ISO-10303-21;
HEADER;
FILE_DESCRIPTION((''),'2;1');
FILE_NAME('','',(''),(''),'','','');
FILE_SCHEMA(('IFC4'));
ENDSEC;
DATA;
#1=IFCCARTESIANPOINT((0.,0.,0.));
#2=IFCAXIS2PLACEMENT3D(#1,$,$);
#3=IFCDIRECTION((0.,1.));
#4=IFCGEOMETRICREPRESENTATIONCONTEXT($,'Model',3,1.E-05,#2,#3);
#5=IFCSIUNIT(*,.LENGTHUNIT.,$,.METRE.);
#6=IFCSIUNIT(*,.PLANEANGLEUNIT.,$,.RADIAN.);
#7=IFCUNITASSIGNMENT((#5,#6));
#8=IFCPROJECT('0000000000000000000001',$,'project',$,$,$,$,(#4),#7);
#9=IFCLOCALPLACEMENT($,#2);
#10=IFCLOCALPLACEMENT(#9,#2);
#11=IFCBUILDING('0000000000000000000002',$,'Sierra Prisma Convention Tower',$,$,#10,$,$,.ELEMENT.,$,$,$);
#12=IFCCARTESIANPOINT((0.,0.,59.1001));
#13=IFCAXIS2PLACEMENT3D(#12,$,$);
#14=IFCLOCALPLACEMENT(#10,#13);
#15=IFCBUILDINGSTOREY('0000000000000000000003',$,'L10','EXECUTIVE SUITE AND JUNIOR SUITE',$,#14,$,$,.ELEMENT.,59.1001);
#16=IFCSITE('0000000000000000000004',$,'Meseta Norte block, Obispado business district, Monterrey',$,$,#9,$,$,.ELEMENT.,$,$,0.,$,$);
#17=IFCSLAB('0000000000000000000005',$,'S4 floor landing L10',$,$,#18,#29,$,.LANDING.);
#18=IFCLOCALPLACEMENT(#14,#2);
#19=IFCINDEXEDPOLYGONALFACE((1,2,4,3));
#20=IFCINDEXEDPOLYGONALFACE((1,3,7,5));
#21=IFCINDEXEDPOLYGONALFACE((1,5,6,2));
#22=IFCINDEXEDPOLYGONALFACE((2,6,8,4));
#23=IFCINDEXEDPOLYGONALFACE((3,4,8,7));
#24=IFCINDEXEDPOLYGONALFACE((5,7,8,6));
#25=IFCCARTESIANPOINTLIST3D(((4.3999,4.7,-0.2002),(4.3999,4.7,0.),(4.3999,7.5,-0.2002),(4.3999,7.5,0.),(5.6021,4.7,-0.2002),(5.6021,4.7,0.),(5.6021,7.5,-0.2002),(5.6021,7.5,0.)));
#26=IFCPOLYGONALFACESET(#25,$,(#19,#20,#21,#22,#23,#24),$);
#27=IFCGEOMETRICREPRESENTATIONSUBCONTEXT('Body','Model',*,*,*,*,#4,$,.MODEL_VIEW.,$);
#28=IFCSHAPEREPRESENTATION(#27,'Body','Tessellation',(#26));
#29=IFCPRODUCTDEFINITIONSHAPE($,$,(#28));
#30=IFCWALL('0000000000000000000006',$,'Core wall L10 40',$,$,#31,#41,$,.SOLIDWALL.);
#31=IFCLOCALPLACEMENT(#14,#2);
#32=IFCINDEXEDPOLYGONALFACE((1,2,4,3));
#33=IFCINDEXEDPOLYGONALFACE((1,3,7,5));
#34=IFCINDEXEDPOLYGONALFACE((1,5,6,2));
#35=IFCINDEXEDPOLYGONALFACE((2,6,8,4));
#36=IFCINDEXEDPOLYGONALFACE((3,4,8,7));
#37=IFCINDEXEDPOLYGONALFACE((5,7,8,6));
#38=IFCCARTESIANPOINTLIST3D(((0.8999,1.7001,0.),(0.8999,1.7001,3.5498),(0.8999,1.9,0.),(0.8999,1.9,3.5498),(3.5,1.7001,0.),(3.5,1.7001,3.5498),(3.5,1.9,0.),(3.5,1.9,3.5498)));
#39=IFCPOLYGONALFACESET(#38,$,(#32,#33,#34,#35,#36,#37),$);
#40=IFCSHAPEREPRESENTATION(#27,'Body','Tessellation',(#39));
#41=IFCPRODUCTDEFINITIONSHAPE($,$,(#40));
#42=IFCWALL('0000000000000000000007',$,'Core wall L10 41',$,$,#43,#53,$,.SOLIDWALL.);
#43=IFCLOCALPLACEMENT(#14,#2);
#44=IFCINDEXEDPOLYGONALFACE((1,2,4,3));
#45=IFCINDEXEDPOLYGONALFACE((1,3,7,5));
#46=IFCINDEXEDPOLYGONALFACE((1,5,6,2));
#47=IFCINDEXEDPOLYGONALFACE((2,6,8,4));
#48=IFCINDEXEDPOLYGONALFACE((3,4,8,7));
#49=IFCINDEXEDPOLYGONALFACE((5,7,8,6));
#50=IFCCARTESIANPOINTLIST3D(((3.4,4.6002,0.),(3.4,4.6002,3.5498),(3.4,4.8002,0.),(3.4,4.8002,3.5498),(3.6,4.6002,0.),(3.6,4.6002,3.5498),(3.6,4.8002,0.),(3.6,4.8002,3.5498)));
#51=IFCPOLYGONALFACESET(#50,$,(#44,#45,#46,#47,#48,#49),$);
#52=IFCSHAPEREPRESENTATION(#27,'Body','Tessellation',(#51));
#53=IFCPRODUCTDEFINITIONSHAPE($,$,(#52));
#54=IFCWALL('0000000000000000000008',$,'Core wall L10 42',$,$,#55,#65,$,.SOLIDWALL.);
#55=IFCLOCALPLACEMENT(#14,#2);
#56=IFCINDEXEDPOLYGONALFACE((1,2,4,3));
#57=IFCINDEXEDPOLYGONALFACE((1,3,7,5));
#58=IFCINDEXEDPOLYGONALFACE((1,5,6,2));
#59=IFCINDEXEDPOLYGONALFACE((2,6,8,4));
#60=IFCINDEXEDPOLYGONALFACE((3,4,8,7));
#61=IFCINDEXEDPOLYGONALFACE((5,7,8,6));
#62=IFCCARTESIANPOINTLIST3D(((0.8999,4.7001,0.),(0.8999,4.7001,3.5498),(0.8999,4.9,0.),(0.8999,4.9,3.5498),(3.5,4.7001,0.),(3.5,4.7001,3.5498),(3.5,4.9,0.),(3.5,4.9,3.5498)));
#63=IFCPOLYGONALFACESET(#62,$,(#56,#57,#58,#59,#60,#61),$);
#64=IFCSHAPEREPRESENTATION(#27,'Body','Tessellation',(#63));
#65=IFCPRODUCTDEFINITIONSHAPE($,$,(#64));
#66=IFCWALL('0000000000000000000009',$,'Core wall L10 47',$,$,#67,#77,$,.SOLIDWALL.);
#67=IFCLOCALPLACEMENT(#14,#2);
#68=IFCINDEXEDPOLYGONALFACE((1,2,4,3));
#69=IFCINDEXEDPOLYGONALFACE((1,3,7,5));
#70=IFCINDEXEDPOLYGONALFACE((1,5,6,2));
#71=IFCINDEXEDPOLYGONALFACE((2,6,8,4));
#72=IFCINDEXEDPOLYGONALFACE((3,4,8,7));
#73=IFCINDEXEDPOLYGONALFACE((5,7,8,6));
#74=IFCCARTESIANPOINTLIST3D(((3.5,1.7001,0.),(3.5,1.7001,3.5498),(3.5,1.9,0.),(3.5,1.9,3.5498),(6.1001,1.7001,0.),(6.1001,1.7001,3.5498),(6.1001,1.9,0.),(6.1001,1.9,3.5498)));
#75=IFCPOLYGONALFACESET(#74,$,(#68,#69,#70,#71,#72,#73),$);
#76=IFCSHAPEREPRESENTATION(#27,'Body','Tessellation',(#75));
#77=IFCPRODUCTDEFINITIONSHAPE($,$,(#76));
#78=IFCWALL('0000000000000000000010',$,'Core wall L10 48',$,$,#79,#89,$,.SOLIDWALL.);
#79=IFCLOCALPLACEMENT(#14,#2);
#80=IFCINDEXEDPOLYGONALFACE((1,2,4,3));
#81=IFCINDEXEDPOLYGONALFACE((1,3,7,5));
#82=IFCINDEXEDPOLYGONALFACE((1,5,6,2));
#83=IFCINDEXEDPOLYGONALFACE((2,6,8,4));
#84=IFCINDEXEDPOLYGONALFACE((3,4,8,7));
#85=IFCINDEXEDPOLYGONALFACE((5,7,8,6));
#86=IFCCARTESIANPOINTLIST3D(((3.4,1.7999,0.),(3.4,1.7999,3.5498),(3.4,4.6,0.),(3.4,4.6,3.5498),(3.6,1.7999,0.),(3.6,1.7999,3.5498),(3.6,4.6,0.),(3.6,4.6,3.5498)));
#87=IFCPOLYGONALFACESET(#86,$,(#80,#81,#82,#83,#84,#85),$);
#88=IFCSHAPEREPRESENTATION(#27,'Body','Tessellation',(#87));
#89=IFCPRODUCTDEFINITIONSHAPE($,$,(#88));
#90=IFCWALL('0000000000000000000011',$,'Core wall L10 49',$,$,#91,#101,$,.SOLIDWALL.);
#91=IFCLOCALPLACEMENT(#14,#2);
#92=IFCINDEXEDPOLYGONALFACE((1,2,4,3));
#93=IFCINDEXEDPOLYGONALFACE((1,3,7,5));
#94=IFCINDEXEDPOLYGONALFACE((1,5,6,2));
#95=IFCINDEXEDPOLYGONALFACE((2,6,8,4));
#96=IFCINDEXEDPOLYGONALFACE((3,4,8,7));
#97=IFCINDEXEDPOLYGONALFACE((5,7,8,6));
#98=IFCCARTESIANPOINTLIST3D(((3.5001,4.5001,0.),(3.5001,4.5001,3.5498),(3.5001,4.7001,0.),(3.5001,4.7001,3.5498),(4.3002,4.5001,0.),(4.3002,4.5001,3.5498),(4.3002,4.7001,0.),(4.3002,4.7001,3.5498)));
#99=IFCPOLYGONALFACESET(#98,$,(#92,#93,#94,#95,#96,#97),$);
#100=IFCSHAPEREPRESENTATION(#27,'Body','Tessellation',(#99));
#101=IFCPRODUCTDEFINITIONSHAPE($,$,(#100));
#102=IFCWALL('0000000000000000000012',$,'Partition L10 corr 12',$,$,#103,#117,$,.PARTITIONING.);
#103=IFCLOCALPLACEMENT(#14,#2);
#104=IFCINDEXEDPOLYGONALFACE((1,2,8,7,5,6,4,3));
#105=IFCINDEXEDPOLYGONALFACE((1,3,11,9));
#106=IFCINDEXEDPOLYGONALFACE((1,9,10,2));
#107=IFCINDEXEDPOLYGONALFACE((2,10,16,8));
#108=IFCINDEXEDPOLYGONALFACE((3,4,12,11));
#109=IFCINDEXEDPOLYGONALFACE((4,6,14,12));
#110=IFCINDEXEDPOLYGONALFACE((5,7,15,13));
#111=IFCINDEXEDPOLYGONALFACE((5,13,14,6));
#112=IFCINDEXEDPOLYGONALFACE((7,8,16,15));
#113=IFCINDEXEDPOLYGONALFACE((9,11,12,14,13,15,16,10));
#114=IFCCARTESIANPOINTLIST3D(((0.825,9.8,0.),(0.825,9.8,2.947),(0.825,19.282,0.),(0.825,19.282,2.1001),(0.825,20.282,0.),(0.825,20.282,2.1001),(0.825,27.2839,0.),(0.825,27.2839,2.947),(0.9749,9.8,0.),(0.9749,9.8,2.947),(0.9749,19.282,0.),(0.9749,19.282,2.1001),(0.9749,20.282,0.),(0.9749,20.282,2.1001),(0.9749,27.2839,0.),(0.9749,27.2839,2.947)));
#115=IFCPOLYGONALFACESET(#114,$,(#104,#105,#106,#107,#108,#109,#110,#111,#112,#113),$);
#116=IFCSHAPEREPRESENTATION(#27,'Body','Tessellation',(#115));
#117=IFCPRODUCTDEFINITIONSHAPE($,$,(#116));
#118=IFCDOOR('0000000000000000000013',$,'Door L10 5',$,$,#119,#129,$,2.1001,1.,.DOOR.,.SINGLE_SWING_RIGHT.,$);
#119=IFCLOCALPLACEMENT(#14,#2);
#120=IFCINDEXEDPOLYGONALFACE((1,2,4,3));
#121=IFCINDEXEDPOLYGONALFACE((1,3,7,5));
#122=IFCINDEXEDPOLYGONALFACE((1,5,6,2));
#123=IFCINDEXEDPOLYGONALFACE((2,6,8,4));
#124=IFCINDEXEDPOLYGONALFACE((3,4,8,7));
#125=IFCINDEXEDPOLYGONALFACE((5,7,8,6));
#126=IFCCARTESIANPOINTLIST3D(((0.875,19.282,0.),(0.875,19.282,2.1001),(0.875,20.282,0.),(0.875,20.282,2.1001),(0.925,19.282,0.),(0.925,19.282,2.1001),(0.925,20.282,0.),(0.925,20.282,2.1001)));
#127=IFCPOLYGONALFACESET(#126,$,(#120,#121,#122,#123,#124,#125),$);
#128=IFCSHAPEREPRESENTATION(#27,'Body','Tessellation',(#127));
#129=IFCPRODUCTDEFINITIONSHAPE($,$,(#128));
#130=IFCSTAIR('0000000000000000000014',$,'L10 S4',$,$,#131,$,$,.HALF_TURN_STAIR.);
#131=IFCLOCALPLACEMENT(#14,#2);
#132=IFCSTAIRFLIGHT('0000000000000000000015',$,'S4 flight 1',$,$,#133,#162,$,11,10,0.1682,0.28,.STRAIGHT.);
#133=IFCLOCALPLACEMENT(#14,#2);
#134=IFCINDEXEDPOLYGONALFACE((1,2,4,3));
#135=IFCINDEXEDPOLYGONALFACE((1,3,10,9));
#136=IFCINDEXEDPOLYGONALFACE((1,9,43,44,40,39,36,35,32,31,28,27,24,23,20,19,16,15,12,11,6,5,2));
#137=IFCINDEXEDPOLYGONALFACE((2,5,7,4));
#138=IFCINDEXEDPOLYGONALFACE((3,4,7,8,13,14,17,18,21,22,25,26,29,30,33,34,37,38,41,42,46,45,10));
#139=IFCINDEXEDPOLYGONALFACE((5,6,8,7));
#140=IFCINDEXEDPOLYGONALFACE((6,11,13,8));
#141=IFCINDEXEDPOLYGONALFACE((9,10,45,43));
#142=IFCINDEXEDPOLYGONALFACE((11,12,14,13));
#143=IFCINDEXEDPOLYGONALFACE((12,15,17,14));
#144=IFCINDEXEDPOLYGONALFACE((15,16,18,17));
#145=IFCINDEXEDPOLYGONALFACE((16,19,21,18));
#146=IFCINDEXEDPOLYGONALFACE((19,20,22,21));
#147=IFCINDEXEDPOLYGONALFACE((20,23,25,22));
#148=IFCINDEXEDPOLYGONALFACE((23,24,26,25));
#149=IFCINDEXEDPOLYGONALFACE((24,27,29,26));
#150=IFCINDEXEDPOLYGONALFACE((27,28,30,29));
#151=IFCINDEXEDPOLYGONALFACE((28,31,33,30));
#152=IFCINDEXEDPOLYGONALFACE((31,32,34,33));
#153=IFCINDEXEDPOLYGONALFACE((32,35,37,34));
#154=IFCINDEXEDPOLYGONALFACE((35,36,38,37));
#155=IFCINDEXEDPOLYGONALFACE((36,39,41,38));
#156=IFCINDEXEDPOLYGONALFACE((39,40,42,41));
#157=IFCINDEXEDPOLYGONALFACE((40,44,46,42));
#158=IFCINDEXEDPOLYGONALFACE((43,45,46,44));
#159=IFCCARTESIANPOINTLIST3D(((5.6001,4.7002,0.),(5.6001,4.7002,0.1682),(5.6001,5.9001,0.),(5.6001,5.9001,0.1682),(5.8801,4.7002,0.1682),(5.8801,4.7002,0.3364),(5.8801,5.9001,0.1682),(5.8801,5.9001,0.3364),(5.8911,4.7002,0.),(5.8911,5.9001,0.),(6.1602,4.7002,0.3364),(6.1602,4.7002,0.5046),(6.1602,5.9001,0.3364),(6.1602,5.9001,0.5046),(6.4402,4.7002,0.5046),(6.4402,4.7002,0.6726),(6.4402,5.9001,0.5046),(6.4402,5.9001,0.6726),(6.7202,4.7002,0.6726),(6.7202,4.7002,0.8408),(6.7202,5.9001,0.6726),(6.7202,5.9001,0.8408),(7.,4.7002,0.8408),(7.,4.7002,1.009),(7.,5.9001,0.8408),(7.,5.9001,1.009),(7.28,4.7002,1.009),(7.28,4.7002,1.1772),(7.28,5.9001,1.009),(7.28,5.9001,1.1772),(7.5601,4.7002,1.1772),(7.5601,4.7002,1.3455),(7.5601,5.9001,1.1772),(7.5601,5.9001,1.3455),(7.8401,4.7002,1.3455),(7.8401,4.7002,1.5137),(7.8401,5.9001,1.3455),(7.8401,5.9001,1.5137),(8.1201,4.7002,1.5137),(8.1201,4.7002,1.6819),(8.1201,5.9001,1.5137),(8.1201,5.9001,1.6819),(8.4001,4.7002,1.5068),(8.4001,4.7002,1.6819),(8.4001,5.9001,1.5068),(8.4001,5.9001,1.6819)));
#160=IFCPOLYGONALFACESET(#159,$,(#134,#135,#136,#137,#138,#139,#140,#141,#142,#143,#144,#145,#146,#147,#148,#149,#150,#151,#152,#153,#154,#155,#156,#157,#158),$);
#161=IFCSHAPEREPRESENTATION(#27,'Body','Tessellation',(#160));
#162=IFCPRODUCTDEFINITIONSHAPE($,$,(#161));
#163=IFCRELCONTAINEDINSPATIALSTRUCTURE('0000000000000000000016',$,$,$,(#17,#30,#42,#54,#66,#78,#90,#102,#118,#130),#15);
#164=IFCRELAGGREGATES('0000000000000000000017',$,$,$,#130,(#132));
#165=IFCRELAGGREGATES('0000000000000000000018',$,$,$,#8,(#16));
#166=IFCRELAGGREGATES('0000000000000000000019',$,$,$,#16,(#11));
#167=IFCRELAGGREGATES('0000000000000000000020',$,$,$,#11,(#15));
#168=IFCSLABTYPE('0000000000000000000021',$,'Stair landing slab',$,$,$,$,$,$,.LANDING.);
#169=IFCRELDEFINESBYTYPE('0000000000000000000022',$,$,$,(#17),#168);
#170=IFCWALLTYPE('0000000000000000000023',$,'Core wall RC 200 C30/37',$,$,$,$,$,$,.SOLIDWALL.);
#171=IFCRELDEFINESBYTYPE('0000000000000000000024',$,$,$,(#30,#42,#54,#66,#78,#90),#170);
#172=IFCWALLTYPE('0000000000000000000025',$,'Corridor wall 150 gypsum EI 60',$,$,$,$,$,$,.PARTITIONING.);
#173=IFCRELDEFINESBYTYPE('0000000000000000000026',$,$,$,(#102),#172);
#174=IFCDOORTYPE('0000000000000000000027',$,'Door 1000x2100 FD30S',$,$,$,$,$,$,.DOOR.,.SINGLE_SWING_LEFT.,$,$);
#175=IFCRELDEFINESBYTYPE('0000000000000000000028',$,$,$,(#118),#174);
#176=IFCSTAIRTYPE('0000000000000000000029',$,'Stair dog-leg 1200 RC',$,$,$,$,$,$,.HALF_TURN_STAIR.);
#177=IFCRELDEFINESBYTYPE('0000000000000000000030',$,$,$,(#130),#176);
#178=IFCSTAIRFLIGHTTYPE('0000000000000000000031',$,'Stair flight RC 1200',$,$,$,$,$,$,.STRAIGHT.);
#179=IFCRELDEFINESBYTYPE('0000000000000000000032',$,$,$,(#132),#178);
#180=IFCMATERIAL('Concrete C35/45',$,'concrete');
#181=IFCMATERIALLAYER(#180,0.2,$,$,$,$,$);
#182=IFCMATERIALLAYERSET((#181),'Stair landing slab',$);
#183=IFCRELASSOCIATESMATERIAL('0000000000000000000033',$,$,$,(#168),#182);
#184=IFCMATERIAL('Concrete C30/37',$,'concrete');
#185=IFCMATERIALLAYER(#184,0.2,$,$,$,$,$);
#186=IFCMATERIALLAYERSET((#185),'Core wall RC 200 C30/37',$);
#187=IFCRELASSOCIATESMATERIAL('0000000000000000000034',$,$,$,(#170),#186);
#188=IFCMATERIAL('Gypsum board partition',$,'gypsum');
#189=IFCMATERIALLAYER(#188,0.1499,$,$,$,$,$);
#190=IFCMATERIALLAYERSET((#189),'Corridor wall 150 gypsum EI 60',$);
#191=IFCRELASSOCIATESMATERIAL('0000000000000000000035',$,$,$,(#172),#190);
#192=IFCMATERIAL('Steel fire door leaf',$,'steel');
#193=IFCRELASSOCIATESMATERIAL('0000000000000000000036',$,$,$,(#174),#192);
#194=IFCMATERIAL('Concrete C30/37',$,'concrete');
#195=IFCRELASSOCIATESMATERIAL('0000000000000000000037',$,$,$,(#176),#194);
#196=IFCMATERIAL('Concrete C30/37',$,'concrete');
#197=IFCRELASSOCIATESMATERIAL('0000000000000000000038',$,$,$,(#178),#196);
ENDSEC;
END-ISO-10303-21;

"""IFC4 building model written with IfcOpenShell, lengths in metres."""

from ifc_helpers import new_model, si_unit, direction, frame, frame_2d, origin, place, context, subcontext, project, spatial, polyline, rectangle, outline, extrude, material, layer, layer_set, type_object, element, fill, aggregate, save


model = new_model("IFC4")

# Units and contexts
model_context = context("Model", 3, precision=1e-05, world=origin(), true_north=direction((0.0, 1.0)))
body_context = subcontext(model_context, "Body", "Model", "MODEL_VIEW")
ifc_project = project(units=[si_unit("LENGTHUNIT", "METRE"), si_unit("PLANEANGLEUNIT", "RADIAN")], contexts=[model_context])

# Site, building, storey
site_placement = place(None, origin())
site = spatial("IfcSite", under=ifc_project, at=site_placement, Name="Meseta Norte block, Obispado business district, Monterrey", CompositionType="ELEMENT", RefElevation=0.0)
building_placement = place(site_placement, origin())
building = spatial("IfcBuilding", under=site, at=building_placement, Name="Sierra Prisma Convention Tower", CompositionType="ELEMENT")
storey_placement = place(building_placement, frame((0.0, 0.0, 59.1001)))
storey = spatial("IfcBuildingStorey", under=building, at=storey_placement, Name="L10", Description="EXECUTIVE SUITE AND JUNIOR SUITE", CompositionType="ELEMENT", Elevation=59.1001)

# Slab
ifc_material_1 = material(Name="Concrete C35/45", Category="concrete")
ifc_layer_1 = layer(ifc_material_1, 0.2)
ifc_layer_set_1 = layer_set([ifc_layer_1], Name="Stair landing slab")
slab_type = type_object("IfcSlabType", Name="Stair landing slab", PredefinedType="LANDING", material=ifc_layer_set_1)
slab_placement = place(storey_placement, frame((0.0, 0.0, -0.2002)))
element("IfcSlab", 1, at=slab_placement, inside=storey, type_object=slab_type, Name="S4 floor landing L10", PredefinedType="LANDING", context=body_context, shape_type="SweptSolid", body=[
    extrude(outline(polyline([(4.3999, 4.7), (5.6021, 4.7), (5.6021, 7.5), (4.3999, 7.5), (4.3999, 4.7)])), origin(), (0.0, 0.0, 1.0), 0.2002),
])

# Shared definitions
ifc_material_2 = material(Name="Concrete C30/37", Category="concrete")
ifc_layer_2 = layer(ifc_material_2, 0.2)
ifc_layer_set_2 = layer_set([ifc_layer_2], Name="Core wall RC 200 C30/37")
wall_type_1 = type_object("IfcWallType", Name="Core wall RC 200 C30/37", PredefinedType="SOLIDWALL", material=ifc_layer_set_2)

# Walls
wall_1_placement = place(storey_placement, frame((3.5, 1.8, 0.0), z_axis=(0.0, 0.0, 1.0), x_axis=(-1.0, 0.0, 0.0)))
element("IfcWall", 2, at=wall_1_placement, inside=storey, type_object=wall_type_1, Name="Core wall L10 40", PredefinedType="SOLIDWALL", context=body_context, shape_type="SweptSolid", body=[
    extrude(rectangle(XDim=2.6001, YDim=0.2, at=frame_2d((1.3, 0.0))), origin(), (0.0, 0.0, 1.0), 3.5498),
])
wall_2_placement = place(storey_placement, frame((3.5, 4.6001, 0.0), z_axis=(0.0, 0.0, 1.0), x_axis=(0.0, 1.0, 0.0)))
element("IfcWall", 3, at=wall_2_placement, inside=storey, type_object=wall_type_1, Name="Core wall L10 41", PredefinedType="SOLIDWALL", context=body_context, shape_type="SweptSolid", body=[
    extrude(rectangle(XDim=0.2, YDim=0.2, at=frame_2d((0.1001, 0.0))), origin(), (0.0, 0.0, 1.0), 3.5498),
])
wall_3_placement = place(storey_placement, frame((3.5, 4.8, 0.0), z_axis=(0.0, 0.0, 1.0), x_axis=(-1.0, 0.0, 0.0)))
element("IfcWall", 4, at=wall_3_placement, inside=storey, type_object=wall_type_1, Name="Core wall L10 42", PredefinedType="SOLIDWALL", context=body_context, shape_type="SweptSolid", body=[
    extrude(rectangle(XDim=2.6001, YDim=0.2, at=frame_2d((1.3, 0.0))), origin(), (0.0, 0.0, 1.0), 3.5498),
])

# Walls
wall_4_placement = place(storey_placement, frame((6.1001, 1.8, 0.0), z_axis=(0.0, 0.0, 1.0), x_axis=(-1.0, 0.0, 0.0)))
element("IfcWall", 5, at=wall_4_placement, inside=storey, type_object=wall_type_1, Name="Core wall L10 47", PredefinedType="SOLIDWALL", context=body_context, shape_type="SweptSolid", body=[
    extrude(rectangle(XDim=2.6001, YDim=0.2, at=frame_2d((1.3, 0.0))), origin(), (0.0, 0.0, 1.0), 3.5498),
])
wall_5_placement = place(storey_placement, frame((3.5, 1.8, 0.0), z_axis=(0.0, 0.0, 1.0), x_axis=(0.0, 1.0, 0.0)))
element("IfcWall", 6, at=wall_5_placement, inside=storey, type_object=wall_type_1, Name="Core wall L10 48", PredefinedType="SOLIDWALL", context=body_context, shape_type="SweptSolid", body=[
    extrude(rectangle(XDim=2.8, YDim=0.2, at=frame_2d((1.3999, 0.0))), origin(), (0.0, 0.0, 1.0), 3.5498),
])
wall_6_placement = place(storey_placement, frame((4.3, 4.6001, 0.0), z_axis=(0.0, 0.0, 1.0), x_axis=(-1.0, 0.0, 0.0)))
element("IfcWall", 7, at=wall_6_placement, inside=storey, type_object=wall_type_1, Name="Core wall L10 49", PredefinedType="SOLIDWALL", context=body_context, shape_type="SweptSolid", body=[
    extrude(rectangle(XDim=0.8, YDim=0.2, at=frame_2d((0.3999, 0.0))), origin(), (0.0, 0.0, 1.0), 3.5498),
])

# Wall, opening, door
ifc_material_3 = material(Name="Gypsum board partition", Category="gypsum")
ifc_layer_3 = layer(ifc_material_3, 0.1499)
ifc_layer_set_3 = layer_set([ifc_layer_3], Name="Corridor wall 150 gypsum EI 60")
wall_type_2 = type_object("IfcWallType", Name="Corridor wall 150 gypsum EI 60", PredefinedType="PARTITIONING", material=ifc_layer_set_3)
wall_7_placement = place(storey_placement, frame((0.8999, 9.8, 0.0), z_axis=(0.0, 0.0, 1.0), x_axis=(0.0, 1.0, 0.0)))
wall_7 = element("IfcWall", 8, at=wall_7_placement, inside=storey, type_object=wall_type_2, Name="Partition L10 corr 12", PredefinedType="PARTITIONING", context=body_context, shape_type="SweptSolid", body=[
    extrude(rectangle(XDim=17.4839, YDim=0.1499, at=frame_2d((8.7419, 0.0))), origin(), (0.0, 0.0, 1.0), 2.947),
])
opening_1_placement = place(wall_7_placement, frame((9.4819, 0.0, 0.0)))
opening_1 = element("IfcOpeningElement", 9, at=opening_1_placement, cuts=wall_7, PredefinedType="OPENING", context=body_context, shape_type="SweptSolid", body=[
    extrude(rectangle(XDim=1.0, YDim=2.1001, at=frame_2d((0.5, 1.05))), frame((0.0, 0.075, 0.0), z_axis=(0.0, -1.0, 0.0), x_axis=(1.0, 0.0, 0.0)), (0.0, 0.0, 1.0), 0.1499),
])
ifc_material_4 = material(Name="Steel fire door leaf", Category="steel")
door_type_1 = type_object("IfcDoorType", Name="Door 1000x2100 FD30S", OperationType="SINGLE_SWING_LEFT", PredefinedType="DOOR", material=ifc_material_4)
door_1_placement = place(opening_1_placement, origin())
door_1 = element("IfcDoor", 10, at=door_1_placement, inside=storey, type_object=door_type_1, Name="Door L10 5", OperationType="SINGLE_SWING_RIGHT", OverallHeight=2.1001, OverallWidth=1.0, PredefinedType="DOOR", context=body_context, shape_type="SweptSolid", body=[
    extrude(rectangle(XDim=1.0, YDim=2.1001, at=frame_2d((0.5, 1.05))), frame((0.0, 0.0249, 0.0), z_axis=(0.0, -1.0, 0.0), x_axis=(1.0, 0.0, 0.0)), (0.0, 0.0, 1.0), 0.05),
])
fill(opening_1, door_1)

# Stair, stair flight
ifc_material_5 = material(Name="Concrete C30/37", Category="concrete")
stair_type = type_object("IfcStairType", Name="Stair dog-leg 1200 RC", PredefinedType="HALF_TURN_STAIR", material=ifc_material_5)
stair_placement = place(storey_placement, origin())
stair = element("IfcStair", 11, at=stair_placement, inside=storey, type_object=stair_type, Name="L10 S4", PredefinedType="HALF_TURN_STAIR")
ifc_material_6 = material(Name="Concrete C30/37", Category="concrete")
stair_flight_type = type_object("IfcStairFlightType", Name="Stair flight RC 1200", PredefinedType="STRAIGHT", material=ifc_material_6)
stair_flight_placement = place(storey_placement, frame((5.6001, 5.3, 0.0), z_axis=(0.0, 0.0, 1.0), x_axis=(1.0, 0.0, 0.0)))
stair_flight = element("IfcStairFlight", 12, at=stair_flight_placement, type_object=stair_flight_type, Name="S4 flight 1", NumberOfRisers=11, NumberOfTreads=10, PredefinedType="STRAIGHT", RiserHeight=0.1682, TreadLength=0.28, context=body_context, shape_type="SweptSolid", body=[
    extrude(outline(polyline([(0.0, 0.0), (0.0, 0.1682), (0.28, 0.1682), (0.28, 0.3364), (0.5601, 0.3364), (0.5601, 0.5046), (0.8401, 0.5046), (0.8401, 0.6726), (1.1201, 0.6726), (1.1201, 0.8408), (1.3999, 0.8408), (1.3999, 1.009), (1.6799, 1.009), (1.6799, 1.1772), (1.96, 1.1772), (1.96, 1.3455), (2.24, 1.3455), (2.24, 1.5137), (2.52, 1.5137), (2.52, 1.6819), (2.8, 1.6819), (2.8, 1.8501), (2.8, 1.5068), (0.291, 0.0), (0.0, 0.0)])), frame((0.0, 0.6001, 0.0), z_axis=(0.0, -1.0, 0.0), x_axis=(1.0, 0.0, 0.0)), (0.0, 0.0, 1.0), 1.2),
])
aggregate(stair, [stair_flight])

save(model, "model.ifc")
